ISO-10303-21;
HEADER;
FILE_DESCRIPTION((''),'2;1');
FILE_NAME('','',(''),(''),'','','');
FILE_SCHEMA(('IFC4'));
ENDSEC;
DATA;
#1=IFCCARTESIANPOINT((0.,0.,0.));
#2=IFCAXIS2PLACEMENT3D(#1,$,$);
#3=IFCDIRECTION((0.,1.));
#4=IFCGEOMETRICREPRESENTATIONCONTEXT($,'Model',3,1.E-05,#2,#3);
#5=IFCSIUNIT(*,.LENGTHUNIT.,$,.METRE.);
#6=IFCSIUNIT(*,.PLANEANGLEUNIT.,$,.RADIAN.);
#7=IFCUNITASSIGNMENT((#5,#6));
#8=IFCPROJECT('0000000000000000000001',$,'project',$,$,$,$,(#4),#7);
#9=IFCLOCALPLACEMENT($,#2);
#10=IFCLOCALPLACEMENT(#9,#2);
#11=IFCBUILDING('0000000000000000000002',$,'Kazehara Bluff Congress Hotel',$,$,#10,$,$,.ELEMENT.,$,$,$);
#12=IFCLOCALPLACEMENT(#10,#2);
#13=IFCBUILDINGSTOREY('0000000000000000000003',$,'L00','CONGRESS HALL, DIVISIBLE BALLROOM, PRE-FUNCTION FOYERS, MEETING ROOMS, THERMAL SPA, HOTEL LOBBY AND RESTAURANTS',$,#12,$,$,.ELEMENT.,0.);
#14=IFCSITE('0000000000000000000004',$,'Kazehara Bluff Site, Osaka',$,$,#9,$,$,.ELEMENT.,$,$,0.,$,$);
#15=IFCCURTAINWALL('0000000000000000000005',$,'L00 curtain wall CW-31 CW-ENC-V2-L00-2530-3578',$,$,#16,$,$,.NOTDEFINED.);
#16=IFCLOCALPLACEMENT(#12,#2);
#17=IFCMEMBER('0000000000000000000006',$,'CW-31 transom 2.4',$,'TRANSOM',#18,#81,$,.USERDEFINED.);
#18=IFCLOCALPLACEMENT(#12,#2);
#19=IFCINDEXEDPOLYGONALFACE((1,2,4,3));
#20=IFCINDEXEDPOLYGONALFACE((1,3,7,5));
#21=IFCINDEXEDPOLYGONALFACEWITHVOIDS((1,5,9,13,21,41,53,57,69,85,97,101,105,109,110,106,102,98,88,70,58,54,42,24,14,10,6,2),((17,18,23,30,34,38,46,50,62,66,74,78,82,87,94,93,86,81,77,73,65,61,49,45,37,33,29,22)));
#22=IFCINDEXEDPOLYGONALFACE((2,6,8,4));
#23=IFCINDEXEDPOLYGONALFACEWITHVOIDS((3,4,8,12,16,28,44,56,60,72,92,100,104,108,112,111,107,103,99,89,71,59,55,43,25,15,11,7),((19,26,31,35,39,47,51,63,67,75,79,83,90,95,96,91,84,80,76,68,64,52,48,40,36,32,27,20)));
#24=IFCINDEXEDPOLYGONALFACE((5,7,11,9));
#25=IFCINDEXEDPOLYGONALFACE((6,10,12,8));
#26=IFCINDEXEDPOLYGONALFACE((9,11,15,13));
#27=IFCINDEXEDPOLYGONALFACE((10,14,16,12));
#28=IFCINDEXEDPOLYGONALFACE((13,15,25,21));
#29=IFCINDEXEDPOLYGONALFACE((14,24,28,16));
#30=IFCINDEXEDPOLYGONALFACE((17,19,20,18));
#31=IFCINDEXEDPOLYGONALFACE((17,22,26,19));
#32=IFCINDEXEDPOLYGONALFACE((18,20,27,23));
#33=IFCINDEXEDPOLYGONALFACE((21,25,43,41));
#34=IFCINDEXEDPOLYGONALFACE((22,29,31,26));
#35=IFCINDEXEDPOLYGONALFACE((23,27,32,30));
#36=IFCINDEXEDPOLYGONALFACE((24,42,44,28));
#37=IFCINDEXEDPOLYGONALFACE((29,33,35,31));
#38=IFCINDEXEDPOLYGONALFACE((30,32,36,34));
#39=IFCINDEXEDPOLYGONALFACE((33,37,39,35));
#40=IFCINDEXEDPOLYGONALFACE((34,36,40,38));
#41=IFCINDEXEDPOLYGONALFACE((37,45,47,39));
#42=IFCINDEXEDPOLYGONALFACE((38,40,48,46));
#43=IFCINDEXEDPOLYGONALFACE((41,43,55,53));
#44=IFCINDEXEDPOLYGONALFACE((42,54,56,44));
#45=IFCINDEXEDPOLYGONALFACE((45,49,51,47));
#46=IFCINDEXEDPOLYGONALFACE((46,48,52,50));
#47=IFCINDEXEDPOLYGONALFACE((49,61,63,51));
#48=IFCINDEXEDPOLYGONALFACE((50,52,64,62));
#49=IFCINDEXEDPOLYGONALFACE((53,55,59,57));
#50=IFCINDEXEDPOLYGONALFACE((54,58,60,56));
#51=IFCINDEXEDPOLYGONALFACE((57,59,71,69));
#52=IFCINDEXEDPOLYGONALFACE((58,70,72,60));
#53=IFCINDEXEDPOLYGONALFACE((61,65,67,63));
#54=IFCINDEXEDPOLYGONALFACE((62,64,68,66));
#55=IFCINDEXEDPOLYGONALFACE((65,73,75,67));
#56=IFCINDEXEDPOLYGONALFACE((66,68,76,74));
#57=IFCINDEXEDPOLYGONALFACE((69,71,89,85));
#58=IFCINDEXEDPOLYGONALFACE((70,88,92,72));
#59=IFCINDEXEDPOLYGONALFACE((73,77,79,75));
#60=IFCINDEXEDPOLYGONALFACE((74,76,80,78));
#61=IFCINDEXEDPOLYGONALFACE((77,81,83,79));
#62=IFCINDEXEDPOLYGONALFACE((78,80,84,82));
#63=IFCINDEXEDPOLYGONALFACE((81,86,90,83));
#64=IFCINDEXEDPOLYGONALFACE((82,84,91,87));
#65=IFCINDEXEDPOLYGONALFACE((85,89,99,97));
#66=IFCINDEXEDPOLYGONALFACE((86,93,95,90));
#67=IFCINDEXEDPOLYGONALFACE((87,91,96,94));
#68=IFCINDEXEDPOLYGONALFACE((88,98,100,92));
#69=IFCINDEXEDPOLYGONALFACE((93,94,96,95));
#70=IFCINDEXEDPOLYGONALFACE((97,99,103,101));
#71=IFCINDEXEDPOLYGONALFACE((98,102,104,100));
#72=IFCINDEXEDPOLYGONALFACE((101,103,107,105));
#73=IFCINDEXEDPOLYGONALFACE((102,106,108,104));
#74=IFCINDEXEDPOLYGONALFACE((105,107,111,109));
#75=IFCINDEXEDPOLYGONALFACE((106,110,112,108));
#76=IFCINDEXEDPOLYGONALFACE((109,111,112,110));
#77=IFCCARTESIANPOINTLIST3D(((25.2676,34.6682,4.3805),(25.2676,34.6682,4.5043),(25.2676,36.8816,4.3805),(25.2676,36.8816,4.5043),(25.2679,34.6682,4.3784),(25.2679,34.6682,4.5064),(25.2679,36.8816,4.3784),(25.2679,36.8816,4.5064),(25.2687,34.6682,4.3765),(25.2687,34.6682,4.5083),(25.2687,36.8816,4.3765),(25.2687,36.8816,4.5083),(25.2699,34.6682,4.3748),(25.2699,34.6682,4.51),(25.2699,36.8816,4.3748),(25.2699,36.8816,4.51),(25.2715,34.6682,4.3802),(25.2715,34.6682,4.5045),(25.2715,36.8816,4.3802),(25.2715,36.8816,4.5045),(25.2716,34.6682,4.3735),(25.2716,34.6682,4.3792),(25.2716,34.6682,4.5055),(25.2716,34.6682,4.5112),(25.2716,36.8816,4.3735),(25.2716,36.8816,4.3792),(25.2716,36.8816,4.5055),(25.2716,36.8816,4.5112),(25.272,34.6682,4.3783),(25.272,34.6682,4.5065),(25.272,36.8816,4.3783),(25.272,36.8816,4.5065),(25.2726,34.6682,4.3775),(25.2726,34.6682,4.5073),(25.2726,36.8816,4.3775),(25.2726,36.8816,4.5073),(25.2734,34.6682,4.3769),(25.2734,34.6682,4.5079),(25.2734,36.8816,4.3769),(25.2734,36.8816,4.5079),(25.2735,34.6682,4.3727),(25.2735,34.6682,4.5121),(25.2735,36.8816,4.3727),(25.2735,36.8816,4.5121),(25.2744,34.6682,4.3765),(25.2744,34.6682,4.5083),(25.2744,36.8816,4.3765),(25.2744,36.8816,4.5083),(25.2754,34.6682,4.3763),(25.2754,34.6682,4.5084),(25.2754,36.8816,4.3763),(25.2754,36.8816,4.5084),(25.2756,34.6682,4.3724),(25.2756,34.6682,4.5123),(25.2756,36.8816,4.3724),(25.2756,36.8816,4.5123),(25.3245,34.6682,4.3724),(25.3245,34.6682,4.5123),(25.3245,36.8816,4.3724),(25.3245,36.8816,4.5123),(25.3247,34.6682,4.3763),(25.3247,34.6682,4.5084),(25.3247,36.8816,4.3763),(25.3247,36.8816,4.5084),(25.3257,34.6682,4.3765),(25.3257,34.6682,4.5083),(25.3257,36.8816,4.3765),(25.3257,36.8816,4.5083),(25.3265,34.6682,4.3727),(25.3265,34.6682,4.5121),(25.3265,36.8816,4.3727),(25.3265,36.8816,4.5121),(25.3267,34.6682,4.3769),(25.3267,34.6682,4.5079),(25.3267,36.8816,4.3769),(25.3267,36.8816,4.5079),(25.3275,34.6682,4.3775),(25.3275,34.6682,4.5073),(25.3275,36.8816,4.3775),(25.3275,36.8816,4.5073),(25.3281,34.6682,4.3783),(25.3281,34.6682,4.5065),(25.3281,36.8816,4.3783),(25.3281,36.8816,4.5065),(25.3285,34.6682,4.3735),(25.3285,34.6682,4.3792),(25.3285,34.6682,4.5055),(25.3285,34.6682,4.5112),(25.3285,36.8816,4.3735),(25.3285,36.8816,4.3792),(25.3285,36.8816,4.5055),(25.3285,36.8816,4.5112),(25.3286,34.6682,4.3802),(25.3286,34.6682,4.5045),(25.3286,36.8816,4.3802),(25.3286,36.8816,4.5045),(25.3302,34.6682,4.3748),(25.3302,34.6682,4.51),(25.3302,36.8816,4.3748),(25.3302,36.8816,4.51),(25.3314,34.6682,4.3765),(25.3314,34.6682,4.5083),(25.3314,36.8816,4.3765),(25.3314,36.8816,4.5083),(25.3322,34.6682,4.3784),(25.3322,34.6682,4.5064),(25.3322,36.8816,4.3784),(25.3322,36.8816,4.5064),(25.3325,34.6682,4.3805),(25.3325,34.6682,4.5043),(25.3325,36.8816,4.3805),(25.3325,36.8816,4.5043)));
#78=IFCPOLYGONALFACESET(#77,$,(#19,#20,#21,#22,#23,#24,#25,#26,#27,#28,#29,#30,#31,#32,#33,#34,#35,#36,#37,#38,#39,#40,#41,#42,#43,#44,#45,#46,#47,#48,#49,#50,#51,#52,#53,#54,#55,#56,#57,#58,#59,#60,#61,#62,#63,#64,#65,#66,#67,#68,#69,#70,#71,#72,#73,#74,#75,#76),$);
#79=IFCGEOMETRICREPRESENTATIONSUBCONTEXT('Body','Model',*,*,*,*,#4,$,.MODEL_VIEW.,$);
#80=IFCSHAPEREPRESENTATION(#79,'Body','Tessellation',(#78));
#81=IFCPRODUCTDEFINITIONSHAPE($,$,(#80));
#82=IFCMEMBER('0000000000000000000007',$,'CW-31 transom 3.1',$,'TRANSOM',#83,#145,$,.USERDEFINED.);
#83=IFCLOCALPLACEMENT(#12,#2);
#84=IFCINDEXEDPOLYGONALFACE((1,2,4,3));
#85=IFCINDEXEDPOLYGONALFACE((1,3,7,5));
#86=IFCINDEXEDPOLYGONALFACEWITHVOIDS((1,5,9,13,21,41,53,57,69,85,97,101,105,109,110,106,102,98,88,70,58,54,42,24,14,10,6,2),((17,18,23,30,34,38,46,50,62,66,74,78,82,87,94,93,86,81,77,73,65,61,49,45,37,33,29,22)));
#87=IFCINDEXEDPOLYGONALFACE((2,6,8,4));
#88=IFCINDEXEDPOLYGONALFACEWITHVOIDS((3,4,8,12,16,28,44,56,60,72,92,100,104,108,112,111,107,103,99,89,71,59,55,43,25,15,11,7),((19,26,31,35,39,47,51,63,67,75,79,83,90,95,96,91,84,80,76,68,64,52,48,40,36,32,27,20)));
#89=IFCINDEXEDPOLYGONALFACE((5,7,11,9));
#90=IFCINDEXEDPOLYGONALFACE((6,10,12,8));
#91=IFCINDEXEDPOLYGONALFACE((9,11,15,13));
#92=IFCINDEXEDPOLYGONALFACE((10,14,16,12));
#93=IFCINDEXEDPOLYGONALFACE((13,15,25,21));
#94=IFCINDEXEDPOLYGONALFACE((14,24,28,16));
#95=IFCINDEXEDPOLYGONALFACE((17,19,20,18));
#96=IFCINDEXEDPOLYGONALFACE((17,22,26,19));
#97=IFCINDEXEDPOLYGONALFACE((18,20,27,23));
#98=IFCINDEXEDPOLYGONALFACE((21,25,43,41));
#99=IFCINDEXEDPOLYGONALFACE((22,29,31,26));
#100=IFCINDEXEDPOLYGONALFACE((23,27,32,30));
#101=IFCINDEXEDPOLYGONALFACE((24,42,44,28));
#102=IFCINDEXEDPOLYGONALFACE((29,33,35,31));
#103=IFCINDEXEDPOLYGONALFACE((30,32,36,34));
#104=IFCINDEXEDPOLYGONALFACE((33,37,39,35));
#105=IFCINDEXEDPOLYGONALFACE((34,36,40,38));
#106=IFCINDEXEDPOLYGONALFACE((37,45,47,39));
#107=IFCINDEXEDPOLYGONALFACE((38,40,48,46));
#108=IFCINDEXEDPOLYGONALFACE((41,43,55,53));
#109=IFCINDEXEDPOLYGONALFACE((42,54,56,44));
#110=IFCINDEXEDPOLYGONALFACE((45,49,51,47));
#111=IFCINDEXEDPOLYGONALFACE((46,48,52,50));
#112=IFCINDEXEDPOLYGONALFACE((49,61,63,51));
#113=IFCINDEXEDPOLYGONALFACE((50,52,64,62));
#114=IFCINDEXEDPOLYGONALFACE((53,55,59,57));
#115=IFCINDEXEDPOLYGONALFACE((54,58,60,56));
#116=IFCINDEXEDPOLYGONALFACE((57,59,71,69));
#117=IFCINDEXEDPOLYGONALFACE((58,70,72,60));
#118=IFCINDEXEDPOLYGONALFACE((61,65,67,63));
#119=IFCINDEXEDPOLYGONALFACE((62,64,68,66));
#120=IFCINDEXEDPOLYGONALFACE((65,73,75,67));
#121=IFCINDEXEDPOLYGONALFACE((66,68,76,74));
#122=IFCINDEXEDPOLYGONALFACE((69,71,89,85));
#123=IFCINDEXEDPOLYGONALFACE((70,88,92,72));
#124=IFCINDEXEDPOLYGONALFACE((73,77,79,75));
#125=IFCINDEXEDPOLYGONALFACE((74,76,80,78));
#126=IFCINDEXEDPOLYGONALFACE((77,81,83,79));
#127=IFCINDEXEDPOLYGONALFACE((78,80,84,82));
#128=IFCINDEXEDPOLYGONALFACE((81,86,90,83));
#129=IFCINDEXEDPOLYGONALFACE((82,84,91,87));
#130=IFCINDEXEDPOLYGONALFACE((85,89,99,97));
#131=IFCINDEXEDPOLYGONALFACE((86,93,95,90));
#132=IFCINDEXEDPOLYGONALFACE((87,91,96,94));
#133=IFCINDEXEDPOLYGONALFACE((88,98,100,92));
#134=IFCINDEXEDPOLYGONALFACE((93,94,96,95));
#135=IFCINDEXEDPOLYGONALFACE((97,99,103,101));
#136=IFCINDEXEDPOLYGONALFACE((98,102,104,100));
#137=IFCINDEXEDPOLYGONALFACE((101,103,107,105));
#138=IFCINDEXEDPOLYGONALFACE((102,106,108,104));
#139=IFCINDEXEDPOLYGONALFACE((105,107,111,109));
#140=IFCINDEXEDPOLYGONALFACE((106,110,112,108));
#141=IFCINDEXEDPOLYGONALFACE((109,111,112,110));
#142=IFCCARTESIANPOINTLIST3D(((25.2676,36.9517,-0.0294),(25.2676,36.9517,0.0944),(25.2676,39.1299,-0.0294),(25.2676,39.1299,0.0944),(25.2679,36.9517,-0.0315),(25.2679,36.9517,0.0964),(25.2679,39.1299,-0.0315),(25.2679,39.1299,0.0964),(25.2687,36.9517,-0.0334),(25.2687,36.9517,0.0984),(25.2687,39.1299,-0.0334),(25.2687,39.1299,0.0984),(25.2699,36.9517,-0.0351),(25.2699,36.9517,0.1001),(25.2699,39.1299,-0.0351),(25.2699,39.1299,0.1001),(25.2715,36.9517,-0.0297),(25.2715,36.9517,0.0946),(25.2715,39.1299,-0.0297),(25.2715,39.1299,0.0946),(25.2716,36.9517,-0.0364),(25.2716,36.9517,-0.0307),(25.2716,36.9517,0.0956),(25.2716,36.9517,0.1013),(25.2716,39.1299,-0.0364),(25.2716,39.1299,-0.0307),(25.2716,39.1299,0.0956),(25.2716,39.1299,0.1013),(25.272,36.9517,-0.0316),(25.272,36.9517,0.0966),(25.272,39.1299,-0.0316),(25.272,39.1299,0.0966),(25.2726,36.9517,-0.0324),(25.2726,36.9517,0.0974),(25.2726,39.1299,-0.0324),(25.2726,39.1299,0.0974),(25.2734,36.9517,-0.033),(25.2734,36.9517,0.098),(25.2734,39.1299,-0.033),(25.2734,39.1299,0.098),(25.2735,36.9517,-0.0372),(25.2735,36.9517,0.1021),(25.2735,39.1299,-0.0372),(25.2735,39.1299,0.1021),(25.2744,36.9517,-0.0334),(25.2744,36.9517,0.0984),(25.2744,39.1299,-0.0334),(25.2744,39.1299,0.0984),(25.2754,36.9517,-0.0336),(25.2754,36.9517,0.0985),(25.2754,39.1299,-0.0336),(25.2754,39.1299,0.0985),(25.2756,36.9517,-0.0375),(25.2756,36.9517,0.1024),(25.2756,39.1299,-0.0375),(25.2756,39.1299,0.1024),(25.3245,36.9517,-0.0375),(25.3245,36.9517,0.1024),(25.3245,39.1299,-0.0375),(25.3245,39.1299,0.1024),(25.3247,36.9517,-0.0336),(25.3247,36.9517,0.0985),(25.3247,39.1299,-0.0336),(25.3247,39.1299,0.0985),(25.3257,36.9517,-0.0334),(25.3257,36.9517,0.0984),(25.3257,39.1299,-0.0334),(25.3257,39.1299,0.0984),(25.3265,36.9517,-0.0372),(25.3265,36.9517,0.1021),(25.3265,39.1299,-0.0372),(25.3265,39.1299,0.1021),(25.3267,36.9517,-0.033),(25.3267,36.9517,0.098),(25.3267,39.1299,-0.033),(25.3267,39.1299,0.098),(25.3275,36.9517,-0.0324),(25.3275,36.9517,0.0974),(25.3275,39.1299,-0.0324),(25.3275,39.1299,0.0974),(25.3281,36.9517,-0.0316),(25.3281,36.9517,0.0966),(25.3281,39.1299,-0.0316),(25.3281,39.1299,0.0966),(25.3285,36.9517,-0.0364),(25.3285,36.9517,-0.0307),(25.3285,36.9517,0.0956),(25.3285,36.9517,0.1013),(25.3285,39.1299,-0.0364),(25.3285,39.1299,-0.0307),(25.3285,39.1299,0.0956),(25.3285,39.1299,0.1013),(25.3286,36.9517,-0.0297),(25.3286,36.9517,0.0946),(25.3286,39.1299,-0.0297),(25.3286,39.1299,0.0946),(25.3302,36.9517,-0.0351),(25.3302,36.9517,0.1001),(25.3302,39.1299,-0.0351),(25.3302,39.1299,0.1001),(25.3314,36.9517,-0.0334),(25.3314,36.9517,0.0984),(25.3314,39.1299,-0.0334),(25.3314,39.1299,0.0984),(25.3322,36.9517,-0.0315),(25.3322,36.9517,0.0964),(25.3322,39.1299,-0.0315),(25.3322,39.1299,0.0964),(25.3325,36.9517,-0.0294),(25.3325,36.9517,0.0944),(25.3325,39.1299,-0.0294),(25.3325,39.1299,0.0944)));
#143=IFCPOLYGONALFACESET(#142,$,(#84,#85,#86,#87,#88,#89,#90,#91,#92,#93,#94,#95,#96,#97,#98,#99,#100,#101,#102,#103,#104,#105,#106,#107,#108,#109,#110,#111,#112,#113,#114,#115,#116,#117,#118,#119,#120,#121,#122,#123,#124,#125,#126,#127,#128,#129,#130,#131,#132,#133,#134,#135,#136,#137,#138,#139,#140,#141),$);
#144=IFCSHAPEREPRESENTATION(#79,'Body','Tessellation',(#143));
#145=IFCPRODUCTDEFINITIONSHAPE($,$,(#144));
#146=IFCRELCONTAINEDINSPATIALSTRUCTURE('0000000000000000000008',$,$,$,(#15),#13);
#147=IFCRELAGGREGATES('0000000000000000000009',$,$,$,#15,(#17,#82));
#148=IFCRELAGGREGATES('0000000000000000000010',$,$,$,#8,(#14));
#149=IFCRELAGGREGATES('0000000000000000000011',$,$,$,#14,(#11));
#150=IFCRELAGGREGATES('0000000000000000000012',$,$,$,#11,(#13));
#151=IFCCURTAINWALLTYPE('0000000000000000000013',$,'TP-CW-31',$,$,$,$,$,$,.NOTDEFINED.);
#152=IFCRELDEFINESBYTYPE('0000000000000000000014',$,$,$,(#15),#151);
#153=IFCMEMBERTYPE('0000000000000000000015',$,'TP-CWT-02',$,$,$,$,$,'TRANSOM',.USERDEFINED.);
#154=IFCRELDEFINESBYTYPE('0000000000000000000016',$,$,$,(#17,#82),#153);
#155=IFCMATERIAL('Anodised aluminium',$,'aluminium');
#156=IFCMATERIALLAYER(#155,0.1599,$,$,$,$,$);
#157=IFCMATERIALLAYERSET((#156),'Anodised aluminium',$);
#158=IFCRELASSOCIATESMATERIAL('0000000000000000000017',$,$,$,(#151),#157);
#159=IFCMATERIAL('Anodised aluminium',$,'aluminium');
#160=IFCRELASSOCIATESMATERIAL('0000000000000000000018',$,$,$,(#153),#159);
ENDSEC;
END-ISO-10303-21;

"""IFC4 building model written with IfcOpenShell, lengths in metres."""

from ifc_helpers import new_model, si_unit, direction, frame, origin, origin_2d, place, context, subcontext, project, spatial, hollow_rectangle, extrude, material, layer, layer_set, material_profile, profile_set, type_object, element, aggregate, save


model = new_model("IFC4")

# Units and contexts
model_context = context("Model", 3, precision=1e-05, world=origin(), true_north=direction((0.0, 1.0)))
body_context = subcontext(model_context, "Body", "Model", "MODEL_VIEW")
ifc_project = project(units=[si_unit("LENGTHUNIT", "METRE"), si_unit("PLANEANGLEUNIT", "RADIAN")], contexts=[model_context])

# Site, building, storey
site_placement = place(None, origin())
site = spatial("IfcSite", under=ifc_project, at=site_placement, Name="Kazehara Bluff Site, Osaka", CompositionType="ELEMENT", RefElevation=0.0)
building_placement = place(site_placement, origin())
building = spatial("IfcBuilding", under=site, at=building_placement, Name="Kazehara Bluff Congress Hotel", CompositionType="ELEMENT")
storey_placement = place(building_placement, origin())
storey = spatial("IfcBuildingStorey", under=building, at=storey_placement, Name="L00", Description="CONGRESS HALL, DIVISIBLE BALLROOM, PRE-FUNCTION FOYERS, MEETING ROOMS, THERMAL SPA, HOTEL LOBBY AND RESTAURANTS", CompositionType="ELEMENT", Elevation=0.0)

# Curtain wall, members
ifc_material_1 = material(Name="Anodised aluminium", Category="aluminium")
ifc_layer_1 = layer(ifc_material_1, 0.1599)
ifc_layer_set_1 = layer_set([ifc_layer_1], Name="Anodised aluminium")
curtain_wall_type = type_object("IfcCurtainWallType", Name="TP-CW-31", PredefinedType="NOTDEFINED", material=ifc_layer_set_1)
curtain_wall_placement = place(storey_placement, origin())
curtain_wall = element("IfcCurtainWall", 1, at=curtain_wall_placement, inside=storey, type_object=curtain_wall_type, Name="L00 curtain wall CW-31 CW-ENC-V2-L00-2530-3578", PredefinedType="NOTDEFINED")
ifc_material_2 = material(Name="Anodised aluminium", Category="aluminium")
ifc_material_profile_1 = material_profile(ifc_material_2, hollow_rectangle(XDim=0.0649, YDim=0.1399, WallThickness=0.0039, InnerFilletRadius=0.0039, OuterFilletRadius=0.0081, at=origin_2d()))
ifc_profile_set_1 = profile_set([ifc_material_profile_1], Name="Anodised aluminium")
member_type_1 = type_object("IfcMemberType", Name="TP-CWT-02", ElementType="TRANSOM", PredefinedType="USERDEFINED", material=ifc_profile_set_1)
member_1_placement = place(storey_placement, frame((25.3, 34.6682, 4.4424), z_axis=(0.0, 1.0, 0.0), x_axis=(-1.0, 0.0, 0.0)))
member_1 = element("IfcMember", 2, at=member_1_placement, type_object=member_type_1, Name="CW-31 transom 2.4", ObjectType="TRANSOM", PredefinedType="USERDEFINED", context=body_context, shape_type="SweptSolid", body=[
    extrude(hollow_rectangle(XDim=0.0649, YDim=0.1399, WallThickness=0.0039, InnerFilletRadius=0.0039, OuterFilletRadius=0.0081, at=origin_2d()), origin(), (0.0, 0.0, 1.0), 2.2134),
])
member_2_placement = place(storey_placement, frame((25.3, 36.9517, 0.0325), z_axis=(0.0, 1.0, 0.0), x_axis=(-1.0, 0.0, 0.0)))
member_2 = element("IfcMember", 3, at=member_2_placement, type_object=member_type_1, Name="CW-31 transom 3.1", ObjectType="TRANSOM", PredefinedType="USERDEFINED", context=body_context, shape_type="SweptSolid", body=[
    extrude(hollow_rectangle(XDim=0.0649, YDim=0.1399, WallThickness=0.0039, InnerFilletRadius=0.0039, OuterFilletRadius=0.0081, at=origin_2d()), origin(), (0.0, 0.0, 1.0), 2.1782),
])

aggregate(curtain_wall, [member_1, member_2])

save(model, "model.ifc")
